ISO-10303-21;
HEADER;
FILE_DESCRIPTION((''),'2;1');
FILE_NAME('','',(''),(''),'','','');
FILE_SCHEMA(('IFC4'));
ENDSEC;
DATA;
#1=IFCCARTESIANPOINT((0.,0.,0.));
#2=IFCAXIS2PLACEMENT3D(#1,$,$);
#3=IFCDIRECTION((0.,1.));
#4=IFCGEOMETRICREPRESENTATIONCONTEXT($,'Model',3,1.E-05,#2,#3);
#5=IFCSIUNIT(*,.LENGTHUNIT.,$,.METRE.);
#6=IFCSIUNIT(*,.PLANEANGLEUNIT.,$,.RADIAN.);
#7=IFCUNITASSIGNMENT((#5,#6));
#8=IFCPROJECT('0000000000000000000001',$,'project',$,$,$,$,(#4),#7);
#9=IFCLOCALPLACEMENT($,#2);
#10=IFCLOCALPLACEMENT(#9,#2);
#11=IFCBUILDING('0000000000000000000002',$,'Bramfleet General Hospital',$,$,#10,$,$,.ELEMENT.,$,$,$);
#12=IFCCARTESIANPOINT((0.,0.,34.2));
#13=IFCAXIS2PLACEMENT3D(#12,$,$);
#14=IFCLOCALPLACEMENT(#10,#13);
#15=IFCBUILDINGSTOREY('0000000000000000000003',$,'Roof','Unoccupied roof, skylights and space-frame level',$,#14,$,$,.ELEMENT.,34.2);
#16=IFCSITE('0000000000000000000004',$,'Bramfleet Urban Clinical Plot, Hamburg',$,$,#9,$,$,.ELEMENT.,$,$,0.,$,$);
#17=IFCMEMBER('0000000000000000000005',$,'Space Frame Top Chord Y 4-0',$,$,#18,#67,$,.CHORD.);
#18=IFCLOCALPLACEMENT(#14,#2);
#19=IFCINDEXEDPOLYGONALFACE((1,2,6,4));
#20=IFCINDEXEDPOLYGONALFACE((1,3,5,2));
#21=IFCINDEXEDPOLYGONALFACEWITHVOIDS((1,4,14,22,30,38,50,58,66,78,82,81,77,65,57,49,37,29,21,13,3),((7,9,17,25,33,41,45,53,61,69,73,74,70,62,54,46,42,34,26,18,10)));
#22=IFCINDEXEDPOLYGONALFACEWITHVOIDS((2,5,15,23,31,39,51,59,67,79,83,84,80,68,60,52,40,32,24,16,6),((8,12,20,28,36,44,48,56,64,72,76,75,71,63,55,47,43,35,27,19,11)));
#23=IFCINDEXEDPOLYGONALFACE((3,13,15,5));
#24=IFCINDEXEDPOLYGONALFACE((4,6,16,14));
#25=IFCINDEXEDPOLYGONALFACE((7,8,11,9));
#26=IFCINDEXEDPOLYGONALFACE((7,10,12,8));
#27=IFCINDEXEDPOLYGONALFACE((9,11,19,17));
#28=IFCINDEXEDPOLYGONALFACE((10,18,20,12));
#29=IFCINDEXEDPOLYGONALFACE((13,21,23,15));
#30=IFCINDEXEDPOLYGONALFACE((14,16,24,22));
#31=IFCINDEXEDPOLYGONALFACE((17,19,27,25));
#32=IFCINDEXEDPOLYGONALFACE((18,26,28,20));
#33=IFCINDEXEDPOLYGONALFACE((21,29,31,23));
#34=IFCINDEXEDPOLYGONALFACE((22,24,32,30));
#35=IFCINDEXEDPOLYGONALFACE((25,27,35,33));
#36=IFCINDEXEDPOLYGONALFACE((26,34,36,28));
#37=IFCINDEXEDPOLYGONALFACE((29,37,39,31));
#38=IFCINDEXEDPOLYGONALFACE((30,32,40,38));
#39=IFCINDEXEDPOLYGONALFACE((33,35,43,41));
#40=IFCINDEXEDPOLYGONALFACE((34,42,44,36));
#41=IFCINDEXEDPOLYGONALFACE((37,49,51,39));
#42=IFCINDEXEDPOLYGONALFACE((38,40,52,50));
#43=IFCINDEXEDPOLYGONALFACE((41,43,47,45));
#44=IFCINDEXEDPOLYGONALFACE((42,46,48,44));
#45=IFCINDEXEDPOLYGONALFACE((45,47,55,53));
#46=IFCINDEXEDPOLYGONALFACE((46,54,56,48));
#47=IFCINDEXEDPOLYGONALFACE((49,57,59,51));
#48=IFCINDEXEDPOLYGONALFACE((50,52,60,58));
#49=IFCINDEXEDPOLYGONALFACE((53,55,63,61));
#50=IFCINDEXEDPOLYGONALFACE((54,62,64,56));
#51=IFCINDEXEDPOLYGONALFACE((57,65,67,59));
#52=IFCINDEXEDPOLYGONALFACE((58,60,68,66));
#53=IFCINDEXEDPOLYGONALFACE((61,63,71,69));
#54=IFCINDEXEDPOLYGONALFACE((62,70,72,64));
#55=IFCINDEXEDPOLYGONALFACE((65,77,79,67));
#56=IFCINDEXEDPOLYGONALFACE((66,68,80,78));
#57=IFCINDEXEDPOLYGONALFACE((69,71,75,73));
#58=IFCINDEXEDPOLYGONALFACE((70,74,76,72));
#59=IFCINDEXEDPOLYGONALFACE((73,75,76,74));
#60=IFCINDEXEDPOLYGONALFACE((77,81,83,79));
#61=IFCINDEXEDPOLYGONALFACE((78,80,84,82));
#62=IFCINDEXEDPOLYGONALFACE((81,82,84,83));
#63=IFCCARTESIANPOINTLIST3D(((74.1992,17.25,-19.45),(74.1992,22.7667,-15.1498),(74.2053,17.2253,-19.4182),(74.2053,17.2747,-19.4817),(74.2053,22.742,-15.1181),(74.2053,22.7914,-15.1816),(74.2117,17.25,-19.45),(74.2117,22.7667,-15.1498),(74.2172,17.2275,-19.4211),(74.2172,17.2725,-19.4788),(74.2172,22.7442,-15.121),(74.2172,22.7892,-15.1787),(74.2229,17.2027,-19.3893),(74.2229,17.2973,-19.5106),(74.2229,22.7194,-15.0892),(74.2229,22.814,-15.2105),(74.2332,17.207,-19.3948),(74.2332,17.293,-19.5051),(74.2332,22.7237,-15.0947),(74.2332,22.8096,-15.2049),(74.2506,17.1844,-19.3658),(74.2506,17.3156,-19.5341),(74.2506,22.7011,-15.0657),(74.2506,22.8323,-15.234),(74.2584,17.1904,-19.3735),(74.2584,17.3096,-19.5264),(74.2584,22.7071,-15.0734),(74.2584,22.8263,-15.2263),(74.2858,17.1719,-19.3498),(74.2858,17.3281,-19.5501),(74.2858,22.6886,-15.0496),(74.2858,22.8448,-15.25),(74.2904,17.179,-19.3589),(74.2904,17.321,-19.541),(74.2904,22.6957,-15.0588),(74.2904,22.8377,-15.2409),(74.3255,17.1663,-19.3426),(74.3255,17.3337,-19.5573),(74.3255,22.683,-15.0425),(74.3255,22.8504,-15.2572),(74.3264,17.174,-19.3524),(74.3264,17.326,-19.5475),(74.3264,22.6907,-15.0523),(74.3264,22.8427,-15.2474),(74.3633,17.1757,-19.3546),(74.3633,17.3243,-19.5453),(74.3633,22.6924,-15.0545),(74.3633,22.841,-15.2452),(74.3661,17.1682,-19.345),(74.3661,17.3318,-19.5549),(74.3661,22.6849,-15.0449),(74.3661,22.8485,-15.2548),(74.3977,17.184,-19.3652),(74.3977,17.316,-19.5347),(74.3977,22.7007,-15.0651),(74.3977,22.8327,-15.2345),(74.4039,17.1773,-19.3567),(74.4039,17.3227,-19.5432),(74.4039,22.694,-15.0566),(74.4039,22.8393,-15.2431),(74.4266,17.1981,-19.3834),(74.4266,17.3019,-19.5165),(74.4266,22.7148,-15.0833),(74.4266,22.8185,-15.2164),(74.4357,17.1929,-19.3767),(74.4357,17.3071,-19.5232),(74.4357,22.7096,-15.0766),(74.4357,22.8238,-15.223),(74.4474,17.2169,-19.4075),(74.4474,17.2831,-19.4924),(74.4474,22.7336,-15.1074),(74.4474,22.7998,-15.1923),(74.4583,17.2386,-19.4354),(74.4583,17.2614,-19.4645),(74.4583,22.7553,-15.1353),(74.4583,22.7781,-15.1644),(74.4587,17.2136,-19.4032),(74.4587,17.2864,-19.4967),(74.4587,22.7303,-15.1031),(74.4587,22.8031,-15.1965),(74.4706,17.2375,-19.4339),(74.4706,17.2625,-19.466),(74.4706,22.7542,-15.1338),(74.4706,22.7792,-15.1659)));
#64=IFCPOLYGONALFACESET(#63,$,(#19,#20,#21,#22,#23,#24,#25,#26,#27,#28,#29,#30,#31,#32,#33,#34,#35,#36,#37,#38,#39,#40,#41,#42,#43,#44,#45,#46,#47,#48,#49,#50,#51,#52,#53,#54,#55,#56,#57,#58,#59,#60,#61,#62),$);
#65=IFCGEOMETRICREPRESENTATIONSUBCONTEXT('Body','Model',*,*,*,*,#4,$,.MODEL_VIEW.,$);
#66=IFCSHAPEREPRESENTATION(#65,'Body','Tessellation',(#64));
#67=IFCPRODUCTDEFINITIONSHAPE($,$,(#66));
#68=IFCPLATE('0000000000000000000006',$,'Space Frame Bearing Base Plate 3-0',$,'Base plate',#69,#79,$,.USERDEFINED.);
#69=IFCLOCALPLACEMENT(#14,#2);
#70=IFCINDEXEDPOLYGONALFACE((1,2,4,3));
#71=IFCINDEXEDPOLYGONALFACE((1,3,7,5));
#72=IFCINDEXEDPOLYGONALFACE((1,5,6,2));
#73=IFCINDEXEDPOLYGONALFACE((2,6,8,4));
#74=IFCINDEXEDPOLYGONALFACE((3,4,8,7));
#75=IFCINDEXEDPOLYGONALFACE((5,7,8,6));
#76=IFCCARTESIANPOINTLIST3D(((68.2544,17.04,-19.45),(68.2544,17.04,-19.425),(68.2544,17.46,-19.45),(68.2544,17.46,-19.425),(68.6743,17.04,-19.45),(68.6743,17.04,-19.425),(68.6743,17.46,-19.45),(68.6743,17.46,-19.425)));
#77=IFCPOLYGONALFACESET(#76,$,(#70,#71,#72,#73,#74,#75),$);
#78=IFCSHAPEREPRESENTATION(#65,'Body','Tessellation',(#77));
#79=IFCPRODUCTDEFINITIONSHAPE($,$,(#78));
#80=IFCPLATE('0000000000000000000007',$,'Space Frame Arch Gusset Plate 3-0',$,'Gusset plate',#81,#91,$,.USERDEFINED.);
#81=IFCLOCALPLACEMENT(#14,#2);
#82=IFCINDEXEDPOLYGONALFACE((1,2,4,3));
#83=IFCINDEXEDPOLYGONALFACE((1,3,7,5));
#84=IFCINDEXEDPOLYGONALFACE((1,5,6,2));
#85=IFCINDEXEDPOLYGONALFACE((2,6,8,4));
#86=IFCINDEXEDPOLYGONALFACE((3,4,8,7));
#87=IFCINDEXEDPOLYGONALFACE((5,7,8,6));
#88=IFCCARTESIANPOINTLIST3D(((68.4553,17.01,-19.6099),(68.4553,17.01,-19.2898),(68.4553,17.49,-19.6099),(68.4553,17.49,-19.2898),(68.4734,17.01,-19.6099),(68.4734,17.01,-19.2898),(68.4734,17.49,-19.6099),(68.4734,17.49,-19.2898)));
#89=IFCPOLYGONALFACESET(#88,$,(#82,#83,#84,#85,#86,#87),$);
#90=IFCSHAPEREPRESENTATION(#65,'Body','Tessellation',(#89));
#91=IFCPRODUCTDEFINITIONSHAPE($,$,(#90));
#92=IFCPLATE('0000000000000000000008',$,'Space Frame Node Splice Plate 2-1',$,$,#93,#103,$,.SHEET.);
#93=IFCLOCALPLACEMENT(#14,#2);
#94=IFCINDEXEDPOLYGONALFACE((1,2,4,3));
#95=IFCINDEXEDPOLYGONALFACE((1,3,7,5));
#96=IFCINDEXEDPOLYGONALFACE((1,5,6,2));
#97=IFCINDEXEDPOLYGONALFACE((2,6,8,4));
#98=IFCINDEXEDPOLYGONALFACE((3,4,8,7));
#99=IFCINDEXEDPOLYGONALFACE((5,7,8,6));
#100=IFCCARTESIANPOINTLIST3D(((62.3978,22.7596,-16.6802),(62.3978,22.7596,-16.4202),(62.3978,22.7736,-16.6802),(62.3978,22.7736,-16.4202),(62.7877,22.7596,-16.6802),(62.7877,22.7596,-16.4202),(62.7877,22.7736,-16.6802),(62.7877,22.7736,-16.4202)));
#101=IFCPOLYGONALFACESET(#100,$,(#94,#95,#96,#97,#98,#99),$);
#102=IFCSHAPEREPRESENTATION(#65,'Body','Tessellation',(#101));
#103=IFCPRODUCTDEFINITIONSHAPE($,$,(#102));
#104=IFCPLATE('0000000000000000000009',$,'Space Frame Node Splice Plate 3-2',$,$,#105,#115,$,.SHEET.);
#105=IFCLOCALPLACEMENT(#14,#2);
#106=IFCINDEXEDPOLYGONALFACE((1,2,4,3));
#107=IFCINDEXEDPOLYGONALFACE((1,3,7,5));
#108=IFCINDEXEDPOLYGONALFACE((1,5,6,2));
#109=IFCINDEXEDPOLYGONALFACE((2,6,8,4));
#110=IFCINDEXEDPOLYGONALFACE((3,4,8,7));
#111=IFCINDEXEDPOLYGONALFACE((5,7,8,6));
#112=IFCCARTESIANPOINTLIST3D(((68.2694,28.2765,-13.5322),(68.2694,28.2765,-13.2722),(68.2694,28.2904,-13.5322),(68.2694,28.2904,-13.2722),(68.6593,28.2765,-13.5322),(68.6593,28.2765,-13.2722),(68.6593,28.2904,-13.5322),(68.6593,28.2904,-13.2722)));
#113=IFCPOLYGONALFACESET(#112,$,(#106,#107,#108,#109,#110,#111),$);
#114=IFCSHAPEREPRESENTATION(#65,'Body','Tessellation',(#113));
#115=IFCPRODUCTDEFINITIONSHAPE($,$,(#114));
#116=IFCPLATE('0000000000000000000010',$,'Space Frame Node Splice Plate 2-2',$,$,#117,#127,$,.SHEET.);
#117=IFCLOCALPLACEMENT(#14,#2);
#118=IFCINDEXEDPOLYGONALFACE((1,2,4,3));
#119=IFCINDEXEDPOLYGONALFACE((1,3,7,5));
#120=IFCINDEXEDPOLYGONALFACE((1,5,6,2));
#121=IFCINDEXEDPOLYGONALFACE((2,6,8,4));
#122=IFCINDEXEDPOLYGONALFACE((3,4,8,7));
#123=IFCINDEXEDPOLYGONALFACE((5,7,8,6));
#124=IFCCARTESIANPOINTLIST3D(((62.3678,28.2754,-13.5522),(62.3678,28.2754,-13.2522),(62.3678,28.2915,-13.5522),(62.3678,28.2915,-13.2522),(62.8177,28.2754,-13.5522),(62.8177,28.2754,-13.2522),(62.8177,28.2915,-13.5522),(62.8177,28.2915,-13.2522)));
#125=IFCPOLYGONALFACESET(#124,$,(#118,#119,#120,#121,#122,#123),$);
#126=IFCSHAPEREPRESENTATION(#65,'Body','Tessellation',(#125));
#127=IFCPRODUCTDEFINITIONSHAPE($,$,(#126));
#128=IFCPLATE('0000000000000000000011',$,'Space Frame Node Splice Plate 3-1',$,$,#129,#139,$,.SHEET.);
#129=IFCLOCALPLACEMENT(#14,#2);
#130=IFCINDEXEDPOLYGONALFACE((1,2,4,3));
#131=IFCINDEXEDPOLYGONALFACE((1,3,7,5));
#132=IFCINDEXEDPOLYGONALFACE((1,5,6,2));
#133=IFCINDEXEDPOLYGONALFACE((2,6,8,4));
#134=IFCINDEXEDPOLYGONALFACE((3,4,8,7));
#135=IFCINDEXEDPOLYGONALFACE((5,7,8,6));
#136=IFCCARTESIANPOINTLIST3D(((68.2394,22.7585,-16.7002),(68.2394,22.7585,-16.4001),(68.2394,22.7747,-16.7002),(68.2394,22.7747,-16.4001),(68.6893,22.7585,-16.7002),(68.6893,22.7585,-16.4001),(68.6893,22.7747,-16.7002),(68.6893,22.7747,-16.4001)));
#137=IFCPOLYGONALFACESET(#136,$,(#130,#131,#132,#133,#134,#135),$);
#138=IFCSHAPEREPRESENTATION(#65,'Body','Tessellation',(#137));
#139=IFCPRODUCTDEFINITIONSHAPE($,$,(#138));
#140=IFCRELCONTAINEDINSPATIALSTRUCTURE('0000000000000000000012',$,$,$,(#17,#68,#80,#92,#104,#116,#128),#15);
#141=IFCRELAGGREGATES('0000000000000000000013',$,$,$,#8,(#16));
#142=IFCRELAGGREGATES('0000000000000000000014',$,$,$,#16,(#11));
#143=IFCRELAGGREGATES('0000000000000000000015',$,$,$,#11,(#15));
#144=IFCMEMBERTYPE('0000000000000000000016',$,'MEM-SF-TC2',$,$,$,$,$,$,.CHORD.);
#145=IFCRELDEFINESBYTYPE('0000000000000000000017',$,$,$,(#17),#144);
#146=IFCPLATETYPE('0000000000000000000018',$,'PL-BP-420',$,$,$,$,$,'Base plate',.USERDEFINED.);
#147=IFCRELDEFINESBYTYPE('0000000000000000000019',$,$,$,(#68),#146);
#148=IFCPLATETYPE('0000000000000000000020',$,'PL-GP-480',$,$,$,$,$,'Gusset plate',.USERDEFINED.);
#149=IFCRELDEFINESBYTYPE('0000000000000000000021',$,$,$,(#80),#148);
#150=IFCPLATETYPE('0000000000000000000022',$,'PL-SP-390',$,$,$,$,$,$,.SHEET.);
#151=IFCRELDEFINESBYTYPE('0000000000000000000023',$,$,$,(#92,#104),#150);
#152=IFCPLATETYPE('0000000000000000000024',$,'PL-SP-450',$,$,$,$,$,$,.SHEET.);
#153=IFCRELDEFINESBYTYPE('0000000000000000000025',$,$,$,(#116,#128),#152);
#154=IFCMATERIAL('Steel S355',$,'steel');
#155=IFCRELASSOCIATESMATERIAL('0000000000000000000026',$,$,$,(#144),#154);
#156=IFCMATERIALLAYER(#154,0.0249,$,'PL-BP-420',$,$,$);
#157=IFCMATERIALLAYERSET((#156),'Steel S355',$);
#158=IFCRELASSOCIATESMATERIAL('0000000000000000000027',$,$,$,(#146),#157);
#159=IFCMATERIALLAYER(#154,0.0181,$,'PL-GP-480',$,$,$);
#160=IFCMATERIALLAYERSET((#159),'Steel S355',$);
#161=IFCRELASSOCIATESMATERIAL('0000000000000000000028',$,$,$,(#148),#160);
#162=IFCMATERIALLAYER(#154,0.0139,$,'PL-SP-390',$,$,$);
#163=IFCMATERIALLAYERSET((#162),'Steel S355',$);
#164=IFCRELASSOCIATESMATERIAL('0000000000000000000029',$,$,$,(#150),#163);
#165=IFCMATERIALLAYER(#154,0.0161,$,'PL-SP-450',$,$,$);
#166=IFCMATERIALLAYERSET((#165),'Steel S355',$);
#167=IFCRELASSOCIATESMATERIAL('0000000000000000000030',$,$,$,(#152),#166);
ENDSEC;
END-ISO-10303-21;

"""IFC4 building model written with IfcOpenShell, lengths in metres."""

from ifc_helpers import new_model, si_unit, direction, frame, origin, origin_2d, place, context, subcontext, project, spatial, rectangle, hollow_circle, extrude, material, layer, layer_set, material_profile, profile_set, type_object, element, save


model = new_model("IFC4")

# Units and contexts
model_context = context("Model", 3, precision=1e-05, world=origin(), true_north=direction((0.0, 1.0)))
body_context = subcontext(model_context, "Body", "Model", "MODEL_VIEW")
ifc_project = project(units=[si_unit("LENGTHUNIT", "METRE"), si_unit("PLANEANGLEUNIT", "RADIAN")], contexts=[model_context])

# Site, building, storey
site_placement = place(None, origin())
site = spatial("IfcSite", under=ifc_project, at=site_placement, Name="Bramfleet Urban Clinical Plot, Hamburg", CompositionType="ELEMENT", RefElevation=0.0)
building_placement = place(site_placement, origin())
building = spatial("IfcBuilding", under=site, at=building_placement, Name="Bramfleet General Hospital", CompositionType="ELEMENT")
storey_placement = place(building_placement, frame((0.0, 0.0, 34.2)))
storey = spatial("IfcBuildingStorey", under=building, at=storey_placement, Name="Roof", Description="Unoccupied roof, skylights and space-frame level", CompositionType="ELEMENT", Elevation=34.2)

# Member
ifc_material = material(Name="Steel S355", Category="steel")
ifc_material_profile_1 = material_profile(ifc_material, hollow_circle(Radius=0.1365, WallThickness=0.0125, at=origin_2d()), Name="CHS 273.0x12.5")
ifc_profile_set_1 = profile_set([ifc_material_profile_1], Name="Steel S355")
member_type_1 = type_object("IfcMemberType", Name="MEM-SF-TC2", PredefinedType="CHORD", material=ifc_profile_set_1)
member_1_placement = place(storey_placement, frame((74.3357, 17.25, -19.45), z_axis=(0.0, 0.788703, 0.614774), x_axis=(-1.0, 0.0, 0.0)))
element("IfcMember", 1, at=member_1_placement, inside=storey, type_object=member_type_1, Name="Space Frame Top Chord Y 4-0", PredefinedType="CHORD", context=body_context, shape_type="SweptSolid", body=[
    extrude(hollow_circle(Radius=0.1365, WallThickness=0.0125, at=origin_2d()), origin(), (0.0, 0.0, 1.0), 6.9946),
])

# Plates
ifc_layer_1 = layer(ifc_material, 0.0249, Name="PL-BP-420")
ifc_layer_set_1 = layer_set([ifc_layer_1], Name="Steel S355")
plate_type_1 = type_object("IfcPlateType", Name="PL-BP-420", ElementType="Base plate", PredefinedType="USERDEFINED", material=ifc_layer_set_1)
plate_1_placement = place(storey_placement, frame((68.4644, 17.25, -19.45), z_axis=(0.0, 0.0, 1.0), x_axis=(1.0, 0.0, 0.0)))
element("IfcPlate", 2, at=plate_1_placement, inside=storey, type_object=plate_type_1, Name="Space Frame Bearing Base Plate 3-0", ObjectType="Base plate", PredefinedType="USERDEFINED", context=body_context, shape_type="SweptSolid", body=[
    extrude(rectangle(XDim=0.4199, YDim=0.4199, at=origin_2d()), origin(), (0.0, 0.0, 1.0), 0.0249),
])
ifc_layer_2 = layer(ifc_material, 0.0181, Name="PL-GP-480")
ifc_layer_set_2 = layer_set([ifc_layer_2], Name="Steel S355")
plate_type_2 = type_object("IfcPlateType", Name="PL-GP-480", ElementType="Gusset plate", PredefinedType="USERDEFINED", material=ifc_layer_set_2)
plate_2_placement = place(storey_placement, frame((68.4644, 17.25, -19.6099), z_axis=(0.0, 0.0, 1.0), x_axis=(0.0, 1.0, 0.0)))
element("IfcPlate", 3, at=plate_2_placement, inside=storey, type_object=plate_type_2, Name="Space Frame Arch Gusset Plate 3-0", ObjectType="Gusset plate", PredefinedType="USERDEFINED", context=body_context, shape_type="SweptSolid", body=[
    extrude(rectangle(XDim=0.48, YDim=0.0181, at=origin_2d()), origin(), (0.0, 0.0, 1.0), 0.3201),
])
ifc_layer_3 = layer(ifc_material, 0.0139, Name="PL-SP-390")
ifc_layer_set_3 = layer_set([ifc_layer_3], Name="Steel S355")
plate_type_3 = type_object("IfcPlateType", Name="PL-SP-390", PredefinedType="SHEET", material=ifc_layer_set_3)
for number, where, z_axis, x_axis, name in (
    (4, (62.5928, 22.7666, -16.6802), (0.0, 0.0, 1.0), (1.0, 0.0, 0.0), "Space Frame Node Splice Plate 2-1"),
    (5, (68.4644, 28.2834, -13.5322), (0.0, 0.0, 1.0), (1.0, 0.0, 0.0), "Space Frame Node Splice Plate 3-2"),
):
    element("IfcPlate", number, at=place(storey_placement, frame(where, z_axis=z_axis, x_axis=x_axis)), inside=storey, type_object=plate_type_3, Name=name, PredefinedType="SHEET", context=body_context, shape_type="SweptSolid", body=[
        extrude(rectangle(XDim=0.3899, YDim=0.0139, at=origin_2d()), origin(), (0.0, 0.0, 1.0), 0.26),
    ])
ifc_layer_4 = layer(ifc_material, 0.0161, Name="PL-SP-450")
ifc_layer_set_4 = layer_set([ifc_layer_4], Name="Steel S355")
plate_type_4 = type_object("IfcPlateType", Name="PL-SP-450", PredefinedType="SHEET", material=ifc_layer_set_4)
for number, where, z_axis, x_axis, name in (
    (6, (62.5928, 28.2834, -13.5522), (0.0, 0.0, 1.0), (1.0, 0.0, 0.0), "Space Frame Node Splice Plate 2-2"),
    (7, (68.4644, 22.7666, -16.7002), (0.0, 0.0, 1.0), (1.0, 0.0, 0.0), "Space Frame Node Splice Plate 3-1"),
):
    element("IfcPlate", number, at=place(storey_placement, frame(where, z_axis=z_axis, x_axis=x_axis)), inside=storey, type_object=plate_type_4, Name=name, PredefinedType="SHEET", context=body_context, shape_type="SweptSolid", body=[
        extrude(rectangle(XDim=0.45, YDim=0.0161, at=origin_2d()), origin(), (0.0, 0.0, 1.0), 0.3),
    ])

save(model, "model.ifc")
